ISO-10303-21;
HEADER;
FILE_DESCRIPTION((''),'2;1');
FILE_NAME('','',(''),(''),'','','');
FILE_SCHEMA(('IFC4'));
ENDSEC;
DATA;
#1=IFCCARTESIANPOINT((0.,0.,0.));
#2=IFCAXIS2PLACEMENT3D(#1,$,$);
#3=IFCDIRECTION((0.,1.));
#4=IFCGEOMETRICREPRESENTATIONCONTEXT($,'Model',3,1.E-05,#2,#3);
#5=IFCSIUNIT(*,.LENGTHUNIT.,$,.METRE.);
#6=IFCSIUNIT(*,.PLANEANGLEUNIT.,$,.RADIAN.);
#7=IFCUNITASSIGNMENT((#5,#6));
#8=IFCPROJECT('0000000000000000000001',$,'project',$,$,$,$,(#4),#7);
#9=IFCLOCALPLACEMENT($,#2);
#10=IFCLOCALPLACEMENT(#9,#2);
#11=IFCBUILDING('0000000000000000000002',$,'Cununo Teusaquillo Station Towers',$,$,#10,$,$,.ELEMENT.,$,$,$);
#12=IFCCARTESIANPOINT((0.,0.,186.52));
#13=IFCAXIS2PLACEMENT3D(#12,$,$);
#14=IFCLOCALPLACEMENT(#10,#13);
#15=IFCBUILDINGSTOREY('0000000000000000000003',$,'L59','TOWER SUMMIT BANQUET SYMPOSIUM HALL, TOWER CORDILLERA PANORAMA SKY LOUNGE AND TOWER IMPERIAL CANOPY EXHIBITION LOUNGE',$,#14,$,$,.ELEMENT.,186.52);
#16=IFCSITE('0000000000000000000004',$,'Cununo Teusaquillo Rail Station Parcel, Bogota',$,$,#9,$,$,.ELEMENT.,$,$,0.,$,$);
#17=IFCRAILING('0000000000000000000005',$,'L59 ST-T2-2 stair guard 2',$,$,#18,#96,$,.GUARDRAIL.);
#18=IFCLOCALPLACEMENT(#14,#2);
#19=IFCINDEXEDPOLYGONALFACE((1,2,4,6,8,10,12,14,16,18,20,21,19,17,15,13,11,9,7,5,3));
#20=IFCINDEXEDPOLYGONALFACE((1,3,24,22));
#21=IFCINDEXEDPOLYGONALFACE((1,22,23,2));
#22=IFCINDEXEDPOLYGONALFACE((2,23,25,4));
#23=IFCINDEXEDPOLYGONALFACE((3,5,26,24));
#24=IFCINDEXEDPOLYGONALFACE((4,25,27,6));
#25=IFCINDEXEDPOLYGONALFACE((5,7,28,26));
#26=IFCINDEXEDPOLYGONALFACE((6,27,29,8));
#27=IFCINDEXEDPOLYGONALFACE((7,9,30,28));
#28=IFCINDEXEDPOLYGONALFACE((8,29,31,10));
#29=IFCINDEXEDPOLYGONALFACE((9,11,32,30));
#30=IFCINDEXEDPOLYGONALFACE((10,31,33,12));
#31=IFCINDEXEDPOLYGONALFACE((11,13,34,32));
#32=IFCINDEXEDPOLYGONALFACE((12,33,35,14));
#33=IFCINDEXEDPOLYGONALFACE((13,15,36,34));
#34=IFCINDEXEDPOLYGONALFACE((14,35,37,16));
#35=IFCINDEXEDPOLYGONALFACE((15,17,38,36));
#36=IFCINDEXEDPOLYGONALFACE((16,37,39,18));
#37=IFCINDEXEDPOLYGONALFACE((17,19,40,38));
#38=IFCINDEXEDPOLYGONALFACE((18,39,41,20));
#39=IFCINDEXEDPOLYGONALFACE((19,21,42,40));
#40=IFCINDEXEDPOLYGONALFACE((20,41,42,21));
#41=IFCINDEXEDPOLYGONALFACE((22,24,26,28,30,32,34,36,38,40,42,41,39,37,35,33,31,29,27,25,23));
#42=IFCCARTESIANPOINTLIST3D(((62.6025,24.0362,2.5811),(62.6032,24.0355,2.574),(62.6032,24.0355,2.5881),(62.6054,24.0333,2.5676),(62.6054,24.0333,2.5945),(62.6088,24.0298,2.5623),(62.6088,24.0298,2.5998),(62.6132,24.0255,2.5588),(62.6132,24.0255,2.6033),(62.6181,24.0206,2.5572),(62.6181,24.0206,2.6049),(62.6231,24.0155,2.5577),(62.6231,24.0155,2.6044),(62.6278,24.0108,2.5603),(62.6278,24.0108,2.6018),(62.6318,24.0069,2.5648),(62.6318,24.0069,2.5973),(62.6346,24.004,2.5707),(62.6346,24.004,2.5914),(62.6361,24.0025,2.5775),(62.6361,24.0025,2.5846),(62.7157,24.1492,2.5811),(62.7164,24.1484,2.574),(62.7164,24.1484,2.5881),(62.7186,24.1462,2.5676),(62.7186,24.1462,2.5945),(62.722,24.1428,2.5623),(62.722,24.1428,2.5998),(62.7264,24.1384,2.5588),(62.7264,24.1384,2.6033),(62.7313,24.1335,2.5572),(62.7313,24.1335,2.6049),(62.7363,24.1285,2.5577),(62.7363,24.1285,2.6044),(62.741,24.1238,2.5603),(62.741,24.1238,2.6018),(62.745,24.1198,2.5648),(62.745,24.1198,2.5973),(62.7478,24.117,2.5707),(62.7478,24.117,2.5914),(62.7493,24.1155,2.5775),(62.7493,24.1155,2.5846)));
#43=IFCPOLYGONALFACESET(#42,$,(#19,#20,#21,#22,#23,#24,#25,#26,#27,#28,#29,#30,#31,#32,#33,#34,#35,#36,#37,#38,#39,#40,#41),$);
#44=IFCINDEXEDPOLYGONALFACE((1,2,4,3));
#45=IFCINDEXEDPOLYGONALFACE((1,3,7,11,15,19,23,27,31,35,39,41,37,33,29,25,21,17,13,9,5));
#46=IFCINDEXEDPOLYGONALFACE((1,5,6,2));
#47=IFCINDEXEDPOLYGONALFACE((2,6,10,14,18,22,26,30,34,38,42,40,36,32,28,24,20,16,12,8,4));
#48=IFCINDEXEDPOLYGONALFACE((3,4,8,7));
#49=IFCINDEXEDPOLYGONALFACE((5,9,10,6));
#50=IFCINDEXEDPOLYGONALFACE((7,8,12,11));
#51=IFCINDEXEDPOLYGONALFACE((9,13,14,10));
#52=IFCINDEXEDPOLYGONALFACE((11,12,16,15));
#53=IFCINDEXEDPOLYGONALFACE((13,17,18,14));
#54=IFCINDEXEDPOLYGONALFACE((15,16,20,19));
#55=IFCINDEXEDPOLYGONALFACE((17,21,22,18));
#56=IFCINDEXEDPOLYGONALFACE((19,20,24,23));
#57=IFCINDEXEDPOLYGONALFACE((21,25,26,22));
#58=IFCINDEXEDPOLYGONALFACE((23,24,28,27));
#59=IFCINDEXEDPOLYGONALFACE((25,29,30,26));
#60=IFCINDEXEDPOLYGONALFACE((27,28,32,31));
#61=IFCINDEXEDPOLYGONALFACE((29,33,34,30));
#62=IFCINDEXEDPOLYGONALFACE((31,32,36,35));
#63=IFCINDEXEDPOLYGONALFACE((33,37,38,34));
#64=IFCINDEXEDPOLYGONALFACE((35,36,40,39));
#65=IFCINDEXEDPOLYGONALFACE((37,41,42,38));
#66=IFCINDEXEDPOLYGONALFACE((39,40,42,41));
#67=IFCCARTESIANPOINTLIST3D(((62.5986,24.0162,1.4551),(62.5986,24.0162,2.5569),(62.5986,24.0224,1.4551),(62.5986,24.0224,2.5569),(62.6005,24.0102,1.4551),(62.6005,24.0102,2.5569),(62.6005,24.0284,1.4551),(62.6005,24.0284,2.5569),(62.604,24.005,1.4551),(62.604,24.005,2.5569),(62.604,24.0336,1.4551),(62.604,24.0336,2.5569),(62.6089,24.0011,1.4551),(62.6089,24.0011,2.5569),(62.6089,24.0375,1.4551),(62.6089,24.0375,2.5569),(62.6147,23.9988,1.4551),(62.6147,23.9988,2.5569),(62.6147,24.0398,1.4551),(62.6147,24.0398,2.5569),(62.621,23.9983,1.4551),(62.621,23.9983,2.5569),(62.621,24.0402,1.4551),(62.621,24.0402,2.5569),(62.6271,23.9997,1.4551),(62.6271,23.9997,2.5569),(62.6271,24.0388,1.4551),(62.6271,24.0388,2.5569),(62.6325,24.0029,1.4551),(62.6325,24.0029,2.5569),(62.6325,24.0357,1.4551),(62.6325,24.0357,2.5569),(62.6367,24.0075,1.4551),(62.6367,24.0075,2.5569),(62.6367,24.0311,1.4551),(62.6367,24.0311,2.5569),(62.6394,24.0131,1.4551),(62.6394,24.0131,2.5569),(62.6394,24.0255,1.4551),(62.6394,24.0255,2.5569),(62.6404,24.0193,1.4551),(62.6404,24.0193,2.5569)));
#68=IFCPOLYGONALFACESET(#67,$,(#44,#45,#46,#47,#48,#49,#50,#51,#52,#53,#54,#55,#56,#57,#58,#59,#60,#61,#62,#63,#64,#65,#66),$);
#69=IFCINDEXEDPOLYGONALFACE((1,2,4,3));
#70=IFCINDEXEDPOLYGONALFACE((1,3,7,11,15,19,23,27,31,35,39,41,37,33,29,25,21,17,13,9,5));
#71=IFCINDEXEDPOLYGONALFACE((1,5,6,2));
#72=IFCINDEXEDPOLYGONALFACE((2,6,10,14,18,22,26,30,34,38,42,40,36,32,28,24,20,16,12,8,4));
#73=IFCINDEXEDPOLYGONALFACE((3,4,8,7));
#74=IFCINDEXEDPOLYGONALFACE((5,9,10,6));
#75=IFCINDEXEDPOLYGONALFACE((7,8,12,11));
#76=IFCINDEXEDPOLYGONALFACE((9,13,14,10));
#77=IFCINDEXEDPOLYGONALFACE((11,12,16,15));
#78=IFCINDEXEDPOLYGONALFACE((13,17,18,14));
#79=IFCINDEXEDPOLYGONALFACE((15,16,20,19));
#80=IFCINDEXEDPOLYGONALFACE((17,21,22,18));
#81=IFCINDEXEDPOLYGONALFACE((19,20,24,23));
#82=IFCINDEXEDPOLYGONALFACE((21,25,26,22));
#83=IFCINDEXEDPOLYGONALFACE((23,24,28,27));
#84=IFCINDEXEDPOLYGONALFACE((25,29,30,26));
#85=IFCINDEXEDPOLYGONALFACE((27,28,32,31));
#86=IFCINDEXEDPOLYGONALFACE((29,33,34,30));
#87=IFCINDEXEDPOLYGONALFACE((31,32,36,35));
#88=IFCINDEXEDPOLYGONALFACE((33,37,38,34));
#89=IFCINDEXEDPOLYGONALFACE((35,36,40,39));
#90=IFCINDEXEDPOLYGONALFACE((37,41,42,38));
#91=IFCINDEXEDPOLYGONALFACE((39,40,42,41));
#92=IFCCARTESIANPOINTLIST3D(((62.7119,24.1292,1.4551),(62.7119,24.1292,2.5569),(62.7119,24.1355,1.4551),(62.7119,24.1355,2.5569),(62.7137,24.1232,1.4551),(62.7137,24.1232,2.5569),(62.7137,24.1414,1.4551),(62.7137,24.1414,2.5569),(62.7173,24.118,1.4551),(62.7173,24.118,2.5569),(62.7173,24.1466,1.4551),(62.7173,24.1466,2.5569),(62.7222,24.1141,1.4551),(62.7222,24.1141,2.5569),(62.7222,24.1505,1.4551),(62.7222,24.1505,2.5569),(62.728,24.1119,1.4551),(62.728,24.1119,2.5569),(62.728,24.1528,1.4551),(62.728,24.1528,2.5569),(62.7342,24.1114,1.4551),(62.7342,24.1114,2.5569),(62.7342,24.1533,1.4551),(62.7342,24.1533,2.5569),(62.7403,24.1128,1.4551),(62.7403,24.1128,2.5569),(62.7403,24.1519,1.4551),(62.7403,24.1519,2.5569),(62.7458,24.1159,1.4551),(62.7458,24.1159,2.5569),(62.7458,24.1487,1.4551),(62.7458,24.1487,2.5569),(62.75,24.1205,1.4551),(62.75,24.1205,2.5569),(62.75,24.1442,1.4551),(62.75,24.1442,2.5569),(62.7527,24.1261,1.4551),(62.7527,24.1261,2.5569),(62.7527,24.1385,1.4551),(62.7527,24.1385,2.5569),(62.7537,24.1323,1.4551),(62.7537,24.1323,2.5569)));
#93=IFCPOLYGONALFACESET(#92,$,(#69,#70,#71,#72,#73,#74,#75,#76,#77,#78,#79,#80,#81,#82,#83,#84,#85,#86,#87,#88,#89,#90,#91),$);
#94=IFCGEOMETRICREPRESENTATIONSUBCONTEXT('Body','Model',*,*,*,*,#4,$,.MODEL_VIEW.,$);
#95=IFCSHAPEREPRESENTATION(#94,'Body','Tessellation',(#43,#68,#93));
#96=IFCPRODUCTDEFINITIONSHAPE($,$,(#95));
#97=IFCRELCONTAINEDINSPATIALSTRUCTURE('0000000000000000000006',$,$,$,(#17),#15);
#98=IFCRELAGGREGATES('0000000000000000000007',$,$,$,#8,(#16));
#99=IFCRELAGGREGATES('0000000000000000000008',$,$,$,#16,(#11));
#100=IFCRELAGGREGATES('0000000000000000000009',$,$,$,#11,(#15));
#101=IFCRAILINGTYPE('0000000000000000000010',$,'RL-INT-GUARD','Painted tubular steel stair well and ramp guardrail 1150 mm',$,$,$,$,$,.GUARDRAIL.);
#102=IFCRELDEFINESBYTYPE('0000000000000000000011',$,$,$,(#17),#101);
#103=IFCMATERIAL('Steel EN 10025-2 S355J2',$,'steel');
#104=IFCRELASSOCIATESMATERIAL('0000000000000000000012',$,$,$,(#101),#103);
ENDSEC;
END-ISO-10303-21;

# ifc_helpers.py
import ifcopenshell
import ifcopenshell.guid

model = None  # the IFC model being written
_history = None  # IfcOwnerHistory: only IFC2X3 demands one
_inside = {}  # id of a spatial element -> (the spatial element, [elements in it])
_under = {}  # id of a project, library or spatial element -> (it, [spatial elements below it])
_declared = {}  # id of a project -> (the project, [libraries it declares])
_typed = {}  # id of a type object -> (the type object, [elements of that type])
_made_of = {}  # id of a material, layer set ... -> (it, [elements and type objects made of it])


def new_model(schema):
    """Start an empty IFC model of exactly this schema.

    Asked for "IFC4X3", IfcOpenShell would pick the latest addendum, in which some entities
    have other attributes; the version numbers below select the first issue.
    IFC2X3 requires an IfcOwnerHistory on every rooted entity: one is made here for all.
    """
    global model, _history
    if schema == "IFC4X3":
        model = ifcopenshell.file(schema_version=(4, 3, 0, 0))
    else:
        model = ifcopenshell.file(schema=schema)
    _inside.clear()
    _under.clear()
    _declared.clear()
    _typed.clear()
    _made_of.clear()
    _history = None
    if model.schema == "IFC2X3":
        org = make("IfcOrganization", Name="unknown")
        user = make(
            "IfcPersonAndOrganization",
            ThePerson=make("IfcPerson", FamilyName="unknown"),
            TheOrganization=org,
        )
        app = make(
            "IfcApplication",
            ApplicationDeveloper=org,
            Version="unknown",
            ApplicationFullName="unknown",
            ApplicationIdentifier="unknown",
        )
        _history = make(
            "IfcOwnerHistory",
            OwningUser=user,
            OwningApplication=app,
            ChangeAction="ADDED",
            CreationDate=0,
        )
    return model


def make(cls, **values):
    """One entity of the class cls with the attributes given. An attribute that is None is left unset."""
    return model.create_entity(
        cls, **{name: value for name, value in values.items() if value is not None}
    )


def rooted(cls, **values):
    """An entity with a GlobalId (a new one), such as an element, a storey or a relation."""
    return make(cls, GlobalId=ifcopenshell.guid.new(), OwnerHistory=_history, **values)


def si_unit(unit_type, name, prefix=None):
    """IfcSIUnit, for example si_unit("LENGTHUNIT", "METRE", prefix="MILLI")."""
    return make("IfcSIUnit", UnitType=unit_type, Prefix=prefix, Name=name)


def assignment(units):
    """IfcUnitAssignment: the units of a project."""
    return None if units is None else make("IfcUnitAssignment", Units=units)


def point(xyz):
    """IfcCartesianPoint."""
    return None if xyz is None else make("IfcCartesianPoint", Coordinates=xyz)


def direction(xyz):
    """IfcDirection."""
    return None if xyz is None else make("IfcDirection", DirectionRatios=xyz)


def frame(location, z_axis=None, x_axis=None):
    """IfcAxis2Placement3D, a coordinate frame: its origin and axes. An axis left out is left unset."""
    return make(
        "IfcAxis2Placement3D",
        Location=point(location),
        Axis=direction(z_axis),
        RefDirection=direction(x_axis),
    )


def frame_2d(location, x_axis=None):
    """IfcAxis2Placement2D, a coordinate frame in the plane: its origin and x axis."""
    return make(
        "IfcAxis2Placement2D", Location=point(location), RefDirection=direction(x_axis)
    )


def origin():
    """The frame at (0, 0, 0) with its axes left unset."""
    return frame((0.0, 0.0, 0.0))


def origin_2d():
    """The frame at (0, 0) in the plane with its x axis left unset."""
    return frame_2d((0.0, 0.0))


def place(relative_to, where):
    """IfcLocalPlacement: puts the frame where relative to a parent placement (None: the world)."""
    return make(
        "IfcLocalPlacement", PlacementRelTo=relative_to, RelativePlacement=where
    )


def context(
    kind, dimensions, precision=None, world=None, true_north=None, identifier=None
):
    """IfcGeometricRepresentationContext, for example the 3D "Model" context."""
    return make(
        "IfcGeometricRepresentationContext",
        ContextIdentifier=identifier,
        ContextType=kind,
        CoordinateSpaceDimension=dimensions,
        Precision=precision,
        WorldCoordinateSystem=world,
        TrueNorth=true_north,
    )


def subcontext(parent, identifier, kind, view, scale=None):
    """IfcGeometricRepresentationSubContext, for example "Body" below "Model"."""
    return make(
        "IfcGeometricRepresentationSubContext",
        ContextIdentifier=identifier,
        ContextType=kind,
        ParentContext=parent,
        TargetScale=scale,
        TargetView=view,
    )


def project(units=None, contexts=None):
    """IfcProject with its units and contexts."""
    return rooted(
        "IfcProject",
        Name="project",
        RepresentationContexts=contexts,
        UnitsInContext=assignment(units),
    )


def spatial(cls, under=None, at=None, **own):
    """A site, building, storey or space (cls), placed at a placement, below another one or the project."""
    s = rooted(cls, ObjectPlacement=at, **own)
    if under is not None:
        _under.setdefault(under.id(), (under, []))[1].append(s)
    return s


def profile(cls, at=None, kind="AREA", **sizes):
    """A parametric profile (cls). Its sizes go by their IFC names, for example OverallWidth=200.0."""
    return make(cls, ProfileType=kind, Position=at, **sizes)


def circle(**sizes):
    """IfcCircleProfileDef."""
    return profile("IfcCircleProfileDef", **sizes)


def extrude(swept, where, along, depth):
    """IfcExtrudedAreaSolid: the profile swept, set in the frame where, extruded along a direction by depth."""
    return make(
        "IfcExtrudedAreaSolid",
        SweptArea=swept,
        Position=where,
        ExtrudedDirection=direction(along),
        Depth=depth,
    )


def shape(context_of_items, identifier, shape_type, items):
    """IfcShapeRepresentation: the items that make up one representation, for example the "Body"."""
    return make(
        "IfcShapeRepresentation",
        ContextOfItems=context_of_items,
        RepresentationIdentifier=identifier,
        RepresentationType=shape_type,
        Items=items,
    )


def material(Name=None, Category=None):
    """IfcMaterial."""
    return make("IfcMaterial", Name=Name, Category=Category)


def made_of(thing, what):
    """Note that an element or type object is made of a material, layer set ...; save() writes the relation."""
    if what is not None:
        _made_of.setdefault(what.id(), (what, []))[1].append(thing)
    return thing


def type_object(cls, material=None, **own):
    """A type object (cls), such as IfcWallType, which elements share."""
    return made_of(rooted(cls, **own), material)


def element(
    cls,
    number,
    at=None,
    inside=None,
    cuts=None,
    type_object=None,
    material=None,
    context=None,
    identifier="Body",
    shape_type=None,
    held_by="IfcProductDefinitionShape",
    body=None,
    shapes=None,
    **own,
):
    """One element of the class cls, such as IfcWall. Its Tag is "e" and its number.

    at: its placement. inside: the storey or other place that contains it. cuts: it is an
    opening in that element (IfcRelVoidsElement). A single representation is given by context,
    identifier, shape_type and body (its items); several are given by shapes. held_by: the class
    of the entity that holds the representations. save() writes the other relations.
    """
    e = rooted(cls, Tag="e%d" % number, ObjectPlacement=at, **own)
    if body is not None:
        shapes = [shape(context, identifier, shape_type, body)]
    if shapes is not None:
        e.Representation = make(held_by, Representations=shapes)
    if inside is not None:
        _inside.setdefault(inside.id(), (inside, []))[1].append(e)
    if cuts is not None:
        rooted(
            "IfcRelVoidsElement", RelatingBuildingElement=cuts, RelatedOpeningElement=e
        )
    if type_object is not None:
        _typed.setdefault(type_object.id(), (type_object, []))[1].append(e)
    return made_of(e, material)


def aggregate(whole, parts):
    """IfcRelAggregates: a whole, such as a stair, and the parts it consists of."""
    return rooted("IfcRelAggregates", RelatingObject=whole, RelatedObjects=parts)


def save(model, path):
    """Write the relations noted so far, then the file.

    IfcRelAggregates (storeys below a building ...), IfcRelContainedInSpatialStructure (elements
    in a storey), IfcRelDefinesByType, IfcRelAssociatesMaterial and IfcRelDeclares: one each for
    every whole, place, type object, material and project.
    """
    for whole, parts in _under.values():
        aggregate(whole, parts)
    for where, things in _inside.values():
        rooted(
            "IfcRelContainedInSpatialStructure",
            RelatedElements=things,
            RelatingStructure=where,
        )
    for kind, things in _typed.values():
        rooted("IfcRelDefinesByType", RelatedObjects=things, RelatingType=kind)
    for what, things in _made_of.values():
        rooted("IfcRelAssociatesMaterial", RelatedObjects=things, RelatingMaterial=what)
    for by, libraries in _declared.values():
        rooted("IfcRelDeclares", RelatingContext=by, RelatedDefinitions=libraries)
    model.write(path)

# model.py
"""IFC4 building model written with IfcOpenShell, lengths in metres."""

from ifc_helpers import new_model, si_unit, direction, frame, origin, origin_2d, place, context, subcontext, project, spatial, circle, extrude, material, type_object, element, save


model = new_model("IFC4")

# Units and contexts
model_context = context("Model", 3, precision=1e-05, world=origin(), true_north=direction((0.0, 1.0)))
body_context = subcontext(model_context, "Body", "Model", "MODEL_VIEW")
ifc_project = project(units=[si_unit("LENGTHUNIT", "METRE"), si_unit("PLANEANGLEUNIT", "RADIAN")], contexts=[model_context])

# Site, building, storey
site_placement = place(None, origin())
site = spatial("IfcSite", under=ifc_project, at=site_placement, Name="Cununo Teusaquillo Rail Station Parcel, Bogota", CompositionType="ELEMENT", RefElevation=0.0)
building_placement = place(site_placement, origin())
building = spatial("IfcBuilding", under=site, at=building_placement, Name="Cununo Teusaquillo Station Towers", CompositionType="ELEMENT")
storey_placement = place(building_placement, frame((0.0, 0.0, 186.52)))
storey = spatial("IfcBuildingStorey", under=building, at=storey_placement, Name="L59", Description="TOWER SUMMIT BANQUET SYMPOSIUM HALL, TOWER CORDILLERA PANORAMA SKY LOUNGE AND TOWER IMPERIAL CANOPY EXHIBITION LOUNGE", CompositionType="ELEMENT", Elevation=186.52)

# Railing
ifc_material_1 = material(Name="Steel EN 10025-2 S355J2", Category="steel")
railing_type_1 = type_object("IfcRailingType", Name="RL-INT-GUARD", Description="Painted tubular steel stair well and ramp guardrail 1150 mm", PredefinedType="GUARDRAIL", material=ifc_material_1)
railing_1_placement = place(storey_placement, frame((62.6194, 24.0193, 1.4551)))
element("IfcRailing", 1, at=railing_1_placement, inside=storey, type_object=railing_type_1, Name="L59 ST-T2-2 stair guard 2", PredefinedType="GUARDRAIL", context=body_context, shape_type="SweptSolid", body=[
    extrude(circle(Radius=0.0239, at=origin_2d()), frame((0.0, 0.0, 1.126), z_axis=(0.707869, 0.706344, 0.0), x_axis=(-0.706344, 0.707869, 0.0)), (0.0, 0.0, 1.0), 0.1599),
    extrude(circle(Radius=0.021, at=origin_2d()), origin(), (0.0, 0.0, 1.0), 1.1018),
    extrude(circle(Radius=0.021, at=origin_2d()), frame((0.1133, 0.113, 0.0)), (0.0, 0.0, 1.0), 1.1018),
])

save(model, "model.ifc")
